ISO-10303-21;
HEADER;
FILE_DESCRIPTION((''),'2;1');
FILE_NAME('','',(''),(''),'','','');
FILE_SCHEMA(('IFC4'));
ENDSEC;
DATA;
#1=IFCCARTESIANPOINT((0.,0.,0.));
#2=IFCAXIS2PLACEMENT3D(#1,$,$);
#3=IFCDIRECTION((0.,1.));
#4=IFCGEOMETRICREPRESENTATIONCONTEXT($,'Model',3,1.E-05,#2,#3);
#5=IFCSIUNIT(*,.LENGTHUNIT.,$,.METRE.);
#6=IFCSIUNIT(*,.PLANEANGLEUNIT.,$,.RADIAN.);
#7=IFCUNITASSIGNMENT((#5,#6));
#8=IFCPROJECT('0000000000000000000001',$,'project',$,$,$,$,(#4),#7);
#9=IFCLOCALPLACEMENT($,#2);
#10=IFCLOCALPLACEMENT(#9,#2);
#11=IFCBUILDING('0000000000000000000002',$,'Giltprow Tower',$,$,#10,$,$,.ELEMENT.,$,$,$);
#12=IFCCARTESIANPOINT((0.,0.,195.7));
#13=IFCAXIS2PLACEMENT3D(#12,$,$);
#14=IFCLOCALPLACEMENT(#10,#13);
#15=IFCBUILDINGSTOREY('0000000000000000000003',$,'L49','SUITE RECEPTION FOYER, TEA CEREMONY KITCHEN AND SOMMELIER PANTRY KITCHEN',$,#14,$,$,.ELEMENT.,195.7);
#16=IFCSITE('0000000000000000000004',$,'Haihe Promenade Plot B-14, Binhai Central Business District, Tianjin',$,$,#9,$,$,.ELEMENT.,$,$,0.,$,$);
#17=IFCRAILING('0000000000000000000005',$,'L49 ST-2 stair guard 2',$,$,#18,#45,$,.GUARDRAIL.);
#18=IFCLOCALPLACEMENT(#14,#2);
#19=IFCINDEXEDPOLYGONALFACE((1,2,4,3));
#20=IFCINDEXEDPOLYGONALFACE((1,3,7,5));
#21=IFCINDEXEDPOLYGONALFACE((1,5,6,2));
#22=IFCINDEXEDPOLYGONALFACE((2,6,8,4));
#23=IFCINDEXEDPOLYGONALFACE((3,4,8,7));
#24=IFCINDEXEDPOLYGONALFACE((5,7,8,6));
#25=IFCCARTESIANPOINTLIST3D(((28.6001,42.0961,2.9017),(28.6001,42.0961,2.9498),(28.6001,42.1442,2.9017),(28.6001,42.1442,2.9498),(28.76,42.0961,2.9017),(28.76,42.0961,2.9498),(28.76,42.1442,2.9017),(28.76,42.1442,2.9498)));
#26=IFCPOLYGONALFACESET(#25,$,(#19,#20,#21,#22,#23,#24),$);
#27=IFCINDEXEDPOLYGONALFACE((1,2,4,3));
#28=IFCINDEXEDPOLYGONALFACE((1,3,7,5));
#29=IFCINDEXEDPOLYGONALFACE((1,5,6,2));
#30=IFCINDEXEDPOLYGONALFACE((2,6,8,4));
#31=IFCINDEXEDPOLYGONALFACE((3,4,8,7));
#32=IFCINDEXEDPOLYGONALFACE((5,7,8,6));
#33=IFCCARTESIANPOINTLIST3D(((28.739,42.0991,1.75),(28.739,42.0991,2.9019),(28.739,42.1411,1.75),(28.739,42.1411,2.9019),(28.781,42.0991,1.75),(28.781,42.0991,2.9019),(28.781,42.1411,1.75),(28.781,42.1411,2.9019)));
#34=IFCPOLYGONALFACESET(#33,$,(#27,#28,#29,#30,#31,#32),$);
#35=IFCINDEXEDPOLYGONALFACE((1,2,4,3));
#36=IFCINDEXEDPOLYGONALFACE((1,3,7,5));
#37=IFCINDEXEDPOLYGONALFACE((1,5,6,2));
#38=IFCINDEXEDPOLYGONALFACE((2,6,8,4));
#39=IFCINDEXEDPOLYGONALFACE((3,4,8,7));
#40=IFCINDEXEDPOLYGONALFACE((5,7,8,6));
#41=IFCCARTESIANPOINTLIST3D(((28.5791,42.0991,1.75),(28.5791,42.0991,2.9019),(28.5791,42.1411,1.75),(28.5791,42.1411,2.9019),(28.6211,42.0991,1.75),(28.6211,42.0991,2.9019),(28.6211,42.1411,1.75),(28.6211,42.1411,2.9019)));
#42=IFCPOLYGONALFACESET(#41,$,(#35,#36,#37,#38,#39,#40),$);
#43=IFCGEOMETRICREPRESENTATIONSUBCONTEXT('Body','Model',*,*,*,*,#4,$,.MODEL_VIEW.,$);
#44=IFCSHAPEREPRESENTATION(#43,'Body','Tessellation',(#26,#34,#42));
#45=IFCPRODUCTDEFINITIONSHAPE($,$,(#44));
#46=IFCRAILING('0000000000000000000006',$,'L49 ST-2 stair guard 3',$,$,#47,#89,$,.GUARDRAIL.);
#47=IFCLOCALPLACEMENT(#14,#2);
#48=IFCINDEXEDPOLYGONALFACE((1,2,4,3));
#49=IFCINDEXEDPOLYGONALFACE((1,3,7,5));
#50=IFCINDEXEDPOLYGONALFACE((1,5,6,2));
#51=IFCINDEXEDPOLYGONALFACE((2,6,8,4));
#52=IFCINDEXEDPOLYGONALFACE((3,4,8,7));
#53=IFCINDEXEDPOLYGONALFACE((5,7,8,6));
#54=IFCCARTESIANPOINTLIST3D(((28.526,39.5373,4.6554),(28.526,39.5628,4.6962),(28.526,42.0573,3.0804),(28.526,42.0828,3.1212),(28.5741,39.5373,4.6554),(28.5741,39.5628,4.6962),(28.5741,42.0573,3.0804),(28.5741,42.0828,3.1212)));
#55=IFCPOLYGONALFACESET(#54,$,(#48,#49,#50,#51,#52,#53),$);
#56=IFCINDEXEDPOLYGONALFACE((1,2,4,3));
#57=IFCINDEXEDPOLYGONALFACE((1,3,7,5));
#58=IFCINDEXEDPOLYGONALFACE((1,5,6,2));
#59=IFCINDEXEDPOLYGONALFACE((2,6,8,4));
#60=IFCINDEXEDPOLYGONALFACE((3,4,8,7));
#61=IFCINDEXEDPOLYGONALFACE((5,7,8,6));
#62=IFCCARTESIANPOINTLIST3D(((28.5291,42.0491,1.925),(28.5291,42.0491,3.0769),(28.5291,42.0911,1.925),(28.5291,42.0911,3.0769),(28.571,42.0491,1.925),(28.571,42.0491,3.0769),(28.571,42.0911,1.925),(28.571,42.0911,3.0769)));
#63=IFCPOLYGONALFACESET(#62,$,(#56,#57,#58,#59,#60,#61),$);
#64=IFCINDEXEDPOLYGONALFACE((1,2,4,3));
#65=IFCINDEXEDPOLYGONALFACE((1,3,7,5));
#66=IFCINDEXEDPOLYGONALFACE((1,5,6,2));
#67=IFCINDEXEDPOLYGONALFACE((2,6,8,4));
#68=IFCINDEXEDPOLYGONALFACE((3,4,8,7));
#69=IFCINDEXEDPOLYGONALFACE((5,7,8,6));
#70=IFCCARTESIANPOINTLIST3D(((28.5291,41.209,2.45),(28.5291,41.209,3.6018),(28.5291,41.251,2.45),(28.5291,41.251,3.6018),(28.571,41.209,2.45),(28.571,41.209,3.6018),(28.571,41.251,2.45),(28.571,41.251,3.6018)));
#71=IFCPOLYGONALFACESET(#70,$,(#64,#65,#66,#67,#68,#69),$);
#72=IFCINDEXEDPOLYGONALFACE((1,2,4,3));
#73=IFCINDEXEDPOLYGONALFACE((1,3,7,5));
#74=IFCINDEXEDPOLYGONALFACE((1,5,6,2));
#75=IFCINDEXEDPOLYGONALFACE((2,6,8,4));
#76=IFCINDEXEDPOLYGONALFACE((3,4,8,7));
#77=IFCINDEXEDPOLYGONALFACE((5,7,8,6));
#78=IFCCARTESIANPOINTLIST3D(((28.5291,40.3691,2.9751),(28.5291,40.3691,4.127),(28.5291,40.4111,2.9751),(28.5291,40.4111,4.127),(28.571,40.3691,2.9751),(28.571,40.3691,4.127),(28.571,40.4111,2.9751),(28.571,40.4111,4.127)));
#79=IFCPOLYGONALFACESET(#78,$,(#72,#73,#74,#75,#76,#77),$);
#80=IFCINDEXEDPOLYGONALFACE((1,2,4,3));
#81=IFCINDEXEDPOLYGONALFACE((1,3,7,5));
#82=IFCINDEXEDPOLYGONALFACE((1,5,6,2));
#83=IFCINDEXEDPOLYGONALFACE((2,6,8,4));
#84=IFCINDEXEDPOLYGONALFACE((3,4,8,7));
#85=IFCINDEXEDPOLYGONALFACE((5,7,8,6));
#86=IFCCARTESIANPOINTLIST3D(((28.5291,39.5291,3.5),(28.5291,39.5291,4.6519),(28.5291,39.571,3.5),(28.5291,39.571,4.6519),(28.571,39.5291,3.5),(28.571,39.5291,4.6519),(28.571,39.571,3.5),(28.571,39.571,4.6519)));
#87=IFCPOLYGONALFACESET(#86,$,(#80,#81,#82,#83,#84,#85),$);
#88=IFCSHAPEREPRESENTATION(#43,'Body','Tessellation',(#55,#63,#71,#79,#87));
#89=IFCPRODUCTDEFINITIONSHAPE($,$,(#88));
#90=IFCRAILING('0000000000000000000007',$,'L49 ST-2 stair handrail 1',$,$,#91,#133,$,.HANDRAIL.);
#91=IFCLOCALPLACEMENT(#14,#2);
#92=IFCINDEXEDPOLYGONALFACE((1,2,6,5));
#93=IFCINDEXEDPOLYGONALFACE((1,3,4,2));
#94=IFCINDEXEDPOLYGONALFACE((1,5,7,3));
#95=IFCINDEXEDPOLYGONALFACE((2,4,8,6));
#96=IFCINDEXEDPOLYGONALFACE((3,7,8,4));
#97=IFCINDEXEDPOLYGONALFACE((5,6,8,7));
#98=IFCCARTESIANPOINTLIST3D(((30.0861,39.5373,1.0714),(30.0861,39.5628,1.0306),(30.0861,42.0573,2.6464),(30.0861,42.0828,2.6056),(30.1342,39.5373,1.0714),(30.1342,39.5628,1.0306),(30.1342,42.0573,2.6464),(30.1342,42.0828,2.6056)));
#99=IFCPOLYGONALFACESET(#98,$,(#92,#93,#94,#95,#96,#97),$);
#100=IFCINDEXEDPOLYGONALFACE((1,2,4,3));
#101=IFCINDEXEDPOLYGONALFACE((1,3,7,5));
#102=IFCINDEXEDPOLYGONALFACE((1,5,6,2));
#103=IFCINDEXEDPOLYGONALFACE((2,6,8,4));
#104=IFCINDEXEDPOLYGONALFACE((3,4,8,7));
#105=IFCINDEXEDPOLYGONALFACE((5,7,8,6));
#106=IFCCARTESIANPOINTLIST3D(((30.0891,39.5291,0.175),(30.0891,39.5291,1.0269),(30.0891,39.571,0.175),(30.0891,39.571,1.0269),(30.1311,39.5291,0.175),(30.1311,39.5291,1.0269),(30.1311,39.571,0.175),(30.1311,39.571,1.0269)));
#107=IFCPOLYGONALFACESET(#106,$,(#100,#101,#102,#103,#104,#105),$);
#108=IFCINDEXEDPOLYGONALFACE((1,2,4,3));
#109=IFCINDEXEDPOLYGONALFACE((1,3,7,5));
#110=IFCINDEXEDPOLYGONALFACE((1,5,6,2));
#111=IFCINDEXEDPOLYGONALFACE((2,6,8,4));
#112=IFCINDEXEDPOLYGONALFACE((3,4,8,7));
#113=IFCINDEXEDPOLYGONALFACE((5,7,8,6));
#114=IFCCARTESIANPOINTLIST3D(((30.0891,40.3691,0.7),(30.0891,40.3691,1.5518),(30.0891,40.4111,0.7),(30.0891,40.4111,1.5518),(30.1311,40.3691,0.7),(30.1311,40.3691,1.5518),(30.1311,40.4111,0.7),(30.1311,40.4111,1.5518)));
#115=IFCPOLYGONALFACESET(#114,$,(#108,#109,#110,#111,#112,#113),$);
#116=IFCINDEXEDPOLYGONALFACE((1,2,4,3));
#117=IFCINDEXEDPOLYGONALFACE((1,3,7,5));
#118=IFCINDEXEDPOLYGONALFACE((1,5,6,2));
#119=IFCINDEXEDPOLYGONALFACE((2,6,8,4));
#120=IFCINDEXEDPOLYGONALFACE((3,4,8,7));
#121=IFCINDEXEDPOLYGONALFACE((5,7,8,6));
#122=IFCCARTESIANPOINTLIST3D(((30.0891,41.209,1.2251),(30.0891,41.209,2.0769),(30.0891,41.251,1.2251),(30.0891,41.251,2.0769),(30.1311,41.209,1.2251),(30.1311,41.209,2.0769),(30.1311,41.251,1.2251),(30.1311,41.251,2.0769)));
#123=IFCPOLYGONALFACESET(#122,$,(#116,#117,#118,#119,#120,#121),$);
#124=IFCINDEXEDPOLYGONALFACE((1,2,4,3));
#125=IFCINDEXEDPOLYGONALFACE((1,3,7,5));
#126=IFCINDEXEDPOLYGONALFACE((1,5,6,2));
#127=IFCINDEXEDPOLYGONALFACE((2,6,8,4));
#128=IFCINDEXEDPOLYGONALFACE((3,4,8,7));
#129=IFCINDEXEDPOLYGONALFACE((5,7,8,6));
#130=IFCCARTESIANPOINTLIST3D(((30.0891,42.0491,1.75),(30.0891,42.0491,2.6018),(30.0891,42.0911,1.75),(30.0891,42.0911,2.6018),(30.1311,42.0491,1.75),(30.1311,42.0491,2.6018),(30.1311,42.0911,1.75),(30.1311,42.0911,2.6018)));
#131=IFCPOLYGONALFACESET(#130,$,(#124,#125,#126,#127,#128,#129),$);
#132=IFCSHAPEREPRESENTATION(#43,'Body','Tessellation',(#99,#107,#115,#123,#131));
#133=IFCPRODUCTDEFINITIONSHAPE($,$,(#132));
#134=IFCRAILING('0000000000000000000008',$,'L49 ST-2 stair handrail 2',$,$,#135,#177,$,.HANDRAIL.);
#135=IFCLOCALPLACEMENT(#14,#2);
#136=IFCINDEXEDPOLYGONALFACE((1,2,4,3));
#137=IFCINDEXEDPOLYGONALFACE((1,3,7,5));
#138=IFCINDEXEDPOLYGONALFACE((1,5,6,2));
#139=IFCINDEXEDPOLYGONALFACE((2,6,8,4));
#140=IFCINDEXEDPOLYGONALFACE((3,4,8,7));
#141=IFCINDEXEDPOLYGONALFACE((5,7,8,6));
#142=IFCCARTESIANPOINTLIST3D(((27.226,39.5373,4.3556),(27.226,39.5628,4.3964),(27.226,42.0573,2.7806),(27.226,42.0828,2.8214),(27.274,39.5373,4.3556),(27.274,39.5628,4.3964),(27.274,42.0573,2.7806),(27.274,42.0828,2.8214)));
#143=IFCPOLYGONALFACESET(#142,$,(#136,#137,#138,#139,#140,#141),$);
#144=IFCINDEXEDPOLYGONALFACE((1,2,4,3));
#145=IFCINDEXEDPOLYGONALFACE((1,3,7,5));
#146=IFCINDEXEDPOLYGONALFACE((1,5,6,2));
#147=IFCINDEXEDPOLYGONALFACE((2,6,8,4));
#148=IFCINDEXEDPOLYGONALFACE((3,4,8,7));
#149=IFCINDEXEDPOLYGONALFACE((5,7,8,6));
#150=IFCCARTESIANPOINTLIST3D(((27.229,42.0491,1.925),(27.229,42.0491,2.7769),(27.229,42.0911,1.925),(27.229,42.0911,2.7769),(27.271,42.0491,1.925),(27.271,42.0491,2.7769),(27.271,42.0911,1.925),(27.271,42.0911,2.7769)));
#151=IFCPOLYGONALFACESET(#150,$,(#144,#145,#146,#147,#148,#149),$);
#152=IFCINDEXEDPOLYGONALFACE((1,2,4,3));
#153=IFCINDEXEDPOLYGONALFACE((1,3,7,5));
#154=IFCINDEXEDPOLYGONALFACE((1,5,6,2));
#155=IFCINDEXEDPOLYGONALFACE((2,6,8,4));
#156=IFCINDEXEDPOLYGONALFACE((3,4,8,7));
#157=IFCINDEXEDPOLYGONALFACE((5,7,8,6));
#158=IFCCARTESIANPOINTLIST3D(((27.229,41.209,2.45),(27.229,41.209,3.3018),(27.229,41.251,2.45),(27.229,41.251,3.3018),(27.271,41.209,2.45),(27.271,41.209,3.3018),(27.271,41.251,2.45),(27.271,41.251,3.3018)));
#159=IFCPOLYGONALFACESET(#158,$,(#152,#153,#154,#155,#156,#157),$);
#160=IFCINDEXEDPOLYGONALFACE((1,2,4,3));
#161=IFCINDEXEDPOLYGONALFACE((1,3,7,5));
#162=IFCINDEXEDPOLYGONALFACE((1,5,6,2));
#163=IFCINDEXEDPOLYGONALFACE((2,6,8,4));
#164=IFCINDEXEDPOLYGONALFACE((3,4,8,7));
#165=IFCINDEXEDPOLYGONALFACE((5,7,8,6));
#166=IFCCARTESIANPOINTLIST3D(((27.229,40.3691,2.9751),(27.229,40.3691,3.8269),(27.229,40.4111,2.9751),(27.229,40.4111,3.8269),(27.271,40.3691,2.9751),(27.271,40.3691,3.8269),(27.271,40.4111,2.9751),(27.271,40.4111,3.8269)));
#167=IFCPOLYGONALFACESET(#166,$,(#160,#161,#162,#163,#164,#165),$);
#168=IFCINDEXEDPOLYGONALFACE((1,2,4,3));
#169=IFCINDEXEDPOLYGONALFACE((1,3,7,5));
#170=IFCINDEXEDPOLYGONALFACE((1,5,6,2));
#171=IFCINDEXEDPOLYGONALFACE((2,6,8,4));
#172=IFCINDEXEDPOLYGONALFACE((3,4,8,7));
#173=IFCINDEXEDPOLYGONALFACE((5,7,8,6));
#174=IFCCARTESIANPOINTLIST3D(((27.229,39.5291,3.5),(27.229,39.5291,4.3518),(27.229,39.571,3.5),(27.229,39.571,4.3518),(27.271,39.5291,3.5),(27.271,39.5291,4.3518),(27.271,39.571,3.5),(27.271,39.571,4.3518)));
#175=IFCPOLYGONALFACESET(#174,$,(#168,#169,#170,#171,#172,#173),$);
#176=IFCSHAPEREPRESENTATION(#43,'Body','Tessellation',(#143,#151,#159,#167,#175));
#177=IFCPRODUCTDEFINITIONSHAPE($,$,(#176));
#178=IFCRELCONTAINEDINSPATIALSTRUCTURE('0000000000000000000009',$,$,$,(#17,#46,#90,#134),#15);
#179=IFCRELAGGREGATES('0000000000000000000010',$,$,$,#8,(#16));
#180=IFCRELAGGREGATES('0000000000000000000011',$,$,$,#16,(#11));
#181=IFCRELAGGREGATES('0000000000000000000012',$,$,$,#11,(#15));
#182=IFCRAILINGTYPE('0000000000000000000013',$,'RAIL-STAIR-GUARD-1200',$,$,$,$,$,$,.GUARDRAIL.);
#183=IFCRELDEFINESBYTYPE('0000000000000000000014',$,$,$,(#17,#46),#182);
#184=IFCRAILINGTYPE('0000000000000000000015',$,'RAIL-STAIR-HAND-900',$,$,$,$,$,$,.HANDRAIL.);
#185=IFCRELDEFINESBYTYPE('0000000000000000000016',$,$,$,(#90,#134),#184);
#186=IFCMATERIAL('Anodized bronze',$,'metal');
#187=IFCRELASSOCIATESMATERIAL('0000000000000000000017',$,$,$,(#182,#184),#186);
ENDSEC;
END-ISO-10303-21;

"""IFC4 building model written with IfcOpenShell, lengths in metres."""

from ifc_helpers import new_model, si_unit, direction, frame, origin, origin_2d, place, context, subcontext, project, spatial, rectangle, extrude, material, type_object, element, save


model = new_model("IFC4")

# Units and contexts
model_context = context("Model", 3, precision=1e-05, world=origin(), true_north=direction((0.0, 1.0)))
body_context = subcontext(model_context, "Body", "Model", "MODEL_VIEW")
ifc_project = project(units=[si_unit("LENGTHUNIT", "METRE"), si_unit("PLANEANGLEUNIT", "RADIAN")], contexts=[model_context])

# Site, building, storey
site_placement = place(None, origin())
site = spatial("IfcSite", under=ifc_project, at=site_placement, Name="Haihe Promenade Plot B-14, Binhai Central Business District, Tianjin", CompositionType="ELEMENT", RefElevation=0.0)
building_placement = place(site_placement, origin())
building = spatial("IfcBuilding", under=site, at=building_placement, Name="Giltprow Tower", CompositionType="ELEMENT")
storey_placement = place(building_placement, frame((0.0, 0.0, 195.7)))
storey = spatial("IfcBuildingStorey", under=building, at=storey_placement, Name="L49", Description="SUITE RECEPTION FOYER, TEA CEREMONY KITCHEN AND SOMMELIER PANTRY KITCHEN", CompositionType="ELEMENT", Elevation=195.7)

# Railings
ifc_material_1 = material(Name="Anodized bronze", Category="metal")
railing_type_1 = type_object("IfcRailingType", Name="RAIL-STAIR-GUARD-1200", PredefinedType="GUARDRAIL", material=ifc_material_1)
railing_1_placement = place(storey_placement, frame((28.76, 42.1201, 1.75)))
element("IfcRailing", 1, at=railing_1_placement, inside=storey, type_object=railing_type_1, Name="L49 ST-2 stair guard 2", PredefinedType="GUARDRAIL", context=body_context, shape_type="SweptSolid", body=[
    extrude(rectangle(XDim=0.0481, YDim=0.0481, at=origin_2d()), frame((0.0, 0.0, 1.1758), z_axis=(-1.0, 0.0, 0.0), x_axis=(0.0, -1.0, 0.0)), (0.0, 0.0, 1.0), 0.1599),
    extrude(rectangle(XDim=0.042, YDim=0.042, at=origin_2d()), origin(), (0.0, 0.0, 1.0), 1.1519),
    extrude(rectangle(XDim=0.042, YDim=0.042, at=origin_2d()), frame((-0.1599, 0.0, 0.0)), (0.0, 0.0, 1.0), 1.1519),
])
railing_2_placement = place(storey_placement, frame((28.55, 42.0701, 1.925)))
element("IfcRailing", 2, at=railing_2_placement, inside=storey, type_object=railing_type_1, Name="L49 ST-2 stair guard 3", PredefinedType="GUARDRAIL", context=body_context, shape_type="SweptSolid", body=[
    extrude(rectangle(XDim=0.0481, YDim=0.0481, at=origin_2d()), frame((0.0, 0.0, 1.1758), z_axis=(0.0, -0.848008, 0.529984), x_axis=(1.0, 0.0, 0.0)), (0.0, 0.0, 1.0), 2.9717),
    extrude(rectangle(XDim=0.042, YDim=0.042, at=origin_2d()), origin(), (0.0, 0.0, 1.0), 1.1519),
    extrude(rectangle(XDim=0.042, YDim=0.042, at=origin_2d()), frame((0.0, -0.8401, 0.5249)), (0.0, 0.0, 1.0), 1.1519),
    extrude(rectangle(XDim=0.042, YDim=0.042, at=origin_2d()), frame((0.0, -1.6799, 1.05)), (0.0, 0.0, 1.0), 1.1519),
    extrude(rectangle(XDim=0.042, YDim=0.042, at=origin_2d()), frame((0.0, -2.52, 1.575)), (0.0, 0.0, 1.0), 1.1519),
])
railing_type_2 = type_object("IfcRailingType", Name="RAIL-STAIR-HAND-900", PredefinedType="HANDRAIL", material=ifc_material_1)
railing_3_placement = place(storey_placement, frame((30.1101, 39.55, 0.175)))
element("IfcRailing", 3, at=railing_3_placement, inside=storey, type_object=railing_type_2, Name="L49 ST-2 stair handrail 1", PredefinedType="HANDRAIL", context=body_context, shape_type="SweptSolid", body=[
    extrude(rectangle(XDim=0.0481, YDim=0.0481, at=origin_2d()), frame((0.0, 0.0, 0.876), z_axis=(0.0, 0.848008, 0.529984), x_axis=(-1.0, 0.0, 0.0)), (0.0, 0.0, 1.0), 2.9717),
    extrude(rectangle(XDim=0.042, YDim=0.042, at=origin_2d()), origin(), (0.0, 0.0, 1.0), 0.8518),
    extrude(rectangle(XDim=0.042, YDim=0.042, at=origin_2d()), frame((0.0, 0.8401, 0.5249)), (0.0, 0.0, 1.0), 0.8518),
    extrude(rectangle(XDim=0.042, YDim=0.042, at=origin_2d()), frame((0.0, 1.6799, 1.05)), (0.0, 0.0, 1.0), 0.8518),
    extrude(rectangle(XDim=0.042, YDim=0.042, at=origin_2d()), frame((0.0, 2.52, 1.575)), (0.0, 0.0, 1.0), 0.8518),
])
railing_4_placement = place(storey_placement, frame((27.25, 42.0701, 1.925)))
element("IfcRailing", 4, at=railing_4_placement, inside=storey, type_object=railing_type_2, Name="L49 ST-2 stair handrail 2", PredefinedType="HANDRAIL", context=body_context, shape_type="SweptSolid", body=[
    extrude(rectangle(XDim=0.0481, YDim=0.0481, at=origin_2d()), frame((0.0, 0.0, 0.876), z_axis=(0.0, -0.848008, 0.529984), x_axis=(1.0, 0.0, 0.0)), (0.0, 0.0, 1.0), 2.9717),
    extrude(rectangle(XDim=0.042, YDim=0.042, at=origin_2d()), origin(), (0.0, 0.0, 1.0), 0.8518),
    extrude(rectangle(XDim=0.042, YDim=0.042, at=origin_2d()), frame((0.0, -0.8401, 0.5249)), (0.0, 0.0, 1.0), 0.8518),
    extrude(rectangle(XDim=0.042, YDim=0.042, at=origin_2d()), frame((0.0, -1.6799, 1.05)), (0.0, 0.0, 1.0), 0.8518),
    extrude(rectangle(XDim=0.042, YDim=0.042, at=origin_2d()), frame((0.0, -2.52, 1.575)), (0.0, 0.0, 1.0), 0.8518),
])

save(model, "model.ifc")
